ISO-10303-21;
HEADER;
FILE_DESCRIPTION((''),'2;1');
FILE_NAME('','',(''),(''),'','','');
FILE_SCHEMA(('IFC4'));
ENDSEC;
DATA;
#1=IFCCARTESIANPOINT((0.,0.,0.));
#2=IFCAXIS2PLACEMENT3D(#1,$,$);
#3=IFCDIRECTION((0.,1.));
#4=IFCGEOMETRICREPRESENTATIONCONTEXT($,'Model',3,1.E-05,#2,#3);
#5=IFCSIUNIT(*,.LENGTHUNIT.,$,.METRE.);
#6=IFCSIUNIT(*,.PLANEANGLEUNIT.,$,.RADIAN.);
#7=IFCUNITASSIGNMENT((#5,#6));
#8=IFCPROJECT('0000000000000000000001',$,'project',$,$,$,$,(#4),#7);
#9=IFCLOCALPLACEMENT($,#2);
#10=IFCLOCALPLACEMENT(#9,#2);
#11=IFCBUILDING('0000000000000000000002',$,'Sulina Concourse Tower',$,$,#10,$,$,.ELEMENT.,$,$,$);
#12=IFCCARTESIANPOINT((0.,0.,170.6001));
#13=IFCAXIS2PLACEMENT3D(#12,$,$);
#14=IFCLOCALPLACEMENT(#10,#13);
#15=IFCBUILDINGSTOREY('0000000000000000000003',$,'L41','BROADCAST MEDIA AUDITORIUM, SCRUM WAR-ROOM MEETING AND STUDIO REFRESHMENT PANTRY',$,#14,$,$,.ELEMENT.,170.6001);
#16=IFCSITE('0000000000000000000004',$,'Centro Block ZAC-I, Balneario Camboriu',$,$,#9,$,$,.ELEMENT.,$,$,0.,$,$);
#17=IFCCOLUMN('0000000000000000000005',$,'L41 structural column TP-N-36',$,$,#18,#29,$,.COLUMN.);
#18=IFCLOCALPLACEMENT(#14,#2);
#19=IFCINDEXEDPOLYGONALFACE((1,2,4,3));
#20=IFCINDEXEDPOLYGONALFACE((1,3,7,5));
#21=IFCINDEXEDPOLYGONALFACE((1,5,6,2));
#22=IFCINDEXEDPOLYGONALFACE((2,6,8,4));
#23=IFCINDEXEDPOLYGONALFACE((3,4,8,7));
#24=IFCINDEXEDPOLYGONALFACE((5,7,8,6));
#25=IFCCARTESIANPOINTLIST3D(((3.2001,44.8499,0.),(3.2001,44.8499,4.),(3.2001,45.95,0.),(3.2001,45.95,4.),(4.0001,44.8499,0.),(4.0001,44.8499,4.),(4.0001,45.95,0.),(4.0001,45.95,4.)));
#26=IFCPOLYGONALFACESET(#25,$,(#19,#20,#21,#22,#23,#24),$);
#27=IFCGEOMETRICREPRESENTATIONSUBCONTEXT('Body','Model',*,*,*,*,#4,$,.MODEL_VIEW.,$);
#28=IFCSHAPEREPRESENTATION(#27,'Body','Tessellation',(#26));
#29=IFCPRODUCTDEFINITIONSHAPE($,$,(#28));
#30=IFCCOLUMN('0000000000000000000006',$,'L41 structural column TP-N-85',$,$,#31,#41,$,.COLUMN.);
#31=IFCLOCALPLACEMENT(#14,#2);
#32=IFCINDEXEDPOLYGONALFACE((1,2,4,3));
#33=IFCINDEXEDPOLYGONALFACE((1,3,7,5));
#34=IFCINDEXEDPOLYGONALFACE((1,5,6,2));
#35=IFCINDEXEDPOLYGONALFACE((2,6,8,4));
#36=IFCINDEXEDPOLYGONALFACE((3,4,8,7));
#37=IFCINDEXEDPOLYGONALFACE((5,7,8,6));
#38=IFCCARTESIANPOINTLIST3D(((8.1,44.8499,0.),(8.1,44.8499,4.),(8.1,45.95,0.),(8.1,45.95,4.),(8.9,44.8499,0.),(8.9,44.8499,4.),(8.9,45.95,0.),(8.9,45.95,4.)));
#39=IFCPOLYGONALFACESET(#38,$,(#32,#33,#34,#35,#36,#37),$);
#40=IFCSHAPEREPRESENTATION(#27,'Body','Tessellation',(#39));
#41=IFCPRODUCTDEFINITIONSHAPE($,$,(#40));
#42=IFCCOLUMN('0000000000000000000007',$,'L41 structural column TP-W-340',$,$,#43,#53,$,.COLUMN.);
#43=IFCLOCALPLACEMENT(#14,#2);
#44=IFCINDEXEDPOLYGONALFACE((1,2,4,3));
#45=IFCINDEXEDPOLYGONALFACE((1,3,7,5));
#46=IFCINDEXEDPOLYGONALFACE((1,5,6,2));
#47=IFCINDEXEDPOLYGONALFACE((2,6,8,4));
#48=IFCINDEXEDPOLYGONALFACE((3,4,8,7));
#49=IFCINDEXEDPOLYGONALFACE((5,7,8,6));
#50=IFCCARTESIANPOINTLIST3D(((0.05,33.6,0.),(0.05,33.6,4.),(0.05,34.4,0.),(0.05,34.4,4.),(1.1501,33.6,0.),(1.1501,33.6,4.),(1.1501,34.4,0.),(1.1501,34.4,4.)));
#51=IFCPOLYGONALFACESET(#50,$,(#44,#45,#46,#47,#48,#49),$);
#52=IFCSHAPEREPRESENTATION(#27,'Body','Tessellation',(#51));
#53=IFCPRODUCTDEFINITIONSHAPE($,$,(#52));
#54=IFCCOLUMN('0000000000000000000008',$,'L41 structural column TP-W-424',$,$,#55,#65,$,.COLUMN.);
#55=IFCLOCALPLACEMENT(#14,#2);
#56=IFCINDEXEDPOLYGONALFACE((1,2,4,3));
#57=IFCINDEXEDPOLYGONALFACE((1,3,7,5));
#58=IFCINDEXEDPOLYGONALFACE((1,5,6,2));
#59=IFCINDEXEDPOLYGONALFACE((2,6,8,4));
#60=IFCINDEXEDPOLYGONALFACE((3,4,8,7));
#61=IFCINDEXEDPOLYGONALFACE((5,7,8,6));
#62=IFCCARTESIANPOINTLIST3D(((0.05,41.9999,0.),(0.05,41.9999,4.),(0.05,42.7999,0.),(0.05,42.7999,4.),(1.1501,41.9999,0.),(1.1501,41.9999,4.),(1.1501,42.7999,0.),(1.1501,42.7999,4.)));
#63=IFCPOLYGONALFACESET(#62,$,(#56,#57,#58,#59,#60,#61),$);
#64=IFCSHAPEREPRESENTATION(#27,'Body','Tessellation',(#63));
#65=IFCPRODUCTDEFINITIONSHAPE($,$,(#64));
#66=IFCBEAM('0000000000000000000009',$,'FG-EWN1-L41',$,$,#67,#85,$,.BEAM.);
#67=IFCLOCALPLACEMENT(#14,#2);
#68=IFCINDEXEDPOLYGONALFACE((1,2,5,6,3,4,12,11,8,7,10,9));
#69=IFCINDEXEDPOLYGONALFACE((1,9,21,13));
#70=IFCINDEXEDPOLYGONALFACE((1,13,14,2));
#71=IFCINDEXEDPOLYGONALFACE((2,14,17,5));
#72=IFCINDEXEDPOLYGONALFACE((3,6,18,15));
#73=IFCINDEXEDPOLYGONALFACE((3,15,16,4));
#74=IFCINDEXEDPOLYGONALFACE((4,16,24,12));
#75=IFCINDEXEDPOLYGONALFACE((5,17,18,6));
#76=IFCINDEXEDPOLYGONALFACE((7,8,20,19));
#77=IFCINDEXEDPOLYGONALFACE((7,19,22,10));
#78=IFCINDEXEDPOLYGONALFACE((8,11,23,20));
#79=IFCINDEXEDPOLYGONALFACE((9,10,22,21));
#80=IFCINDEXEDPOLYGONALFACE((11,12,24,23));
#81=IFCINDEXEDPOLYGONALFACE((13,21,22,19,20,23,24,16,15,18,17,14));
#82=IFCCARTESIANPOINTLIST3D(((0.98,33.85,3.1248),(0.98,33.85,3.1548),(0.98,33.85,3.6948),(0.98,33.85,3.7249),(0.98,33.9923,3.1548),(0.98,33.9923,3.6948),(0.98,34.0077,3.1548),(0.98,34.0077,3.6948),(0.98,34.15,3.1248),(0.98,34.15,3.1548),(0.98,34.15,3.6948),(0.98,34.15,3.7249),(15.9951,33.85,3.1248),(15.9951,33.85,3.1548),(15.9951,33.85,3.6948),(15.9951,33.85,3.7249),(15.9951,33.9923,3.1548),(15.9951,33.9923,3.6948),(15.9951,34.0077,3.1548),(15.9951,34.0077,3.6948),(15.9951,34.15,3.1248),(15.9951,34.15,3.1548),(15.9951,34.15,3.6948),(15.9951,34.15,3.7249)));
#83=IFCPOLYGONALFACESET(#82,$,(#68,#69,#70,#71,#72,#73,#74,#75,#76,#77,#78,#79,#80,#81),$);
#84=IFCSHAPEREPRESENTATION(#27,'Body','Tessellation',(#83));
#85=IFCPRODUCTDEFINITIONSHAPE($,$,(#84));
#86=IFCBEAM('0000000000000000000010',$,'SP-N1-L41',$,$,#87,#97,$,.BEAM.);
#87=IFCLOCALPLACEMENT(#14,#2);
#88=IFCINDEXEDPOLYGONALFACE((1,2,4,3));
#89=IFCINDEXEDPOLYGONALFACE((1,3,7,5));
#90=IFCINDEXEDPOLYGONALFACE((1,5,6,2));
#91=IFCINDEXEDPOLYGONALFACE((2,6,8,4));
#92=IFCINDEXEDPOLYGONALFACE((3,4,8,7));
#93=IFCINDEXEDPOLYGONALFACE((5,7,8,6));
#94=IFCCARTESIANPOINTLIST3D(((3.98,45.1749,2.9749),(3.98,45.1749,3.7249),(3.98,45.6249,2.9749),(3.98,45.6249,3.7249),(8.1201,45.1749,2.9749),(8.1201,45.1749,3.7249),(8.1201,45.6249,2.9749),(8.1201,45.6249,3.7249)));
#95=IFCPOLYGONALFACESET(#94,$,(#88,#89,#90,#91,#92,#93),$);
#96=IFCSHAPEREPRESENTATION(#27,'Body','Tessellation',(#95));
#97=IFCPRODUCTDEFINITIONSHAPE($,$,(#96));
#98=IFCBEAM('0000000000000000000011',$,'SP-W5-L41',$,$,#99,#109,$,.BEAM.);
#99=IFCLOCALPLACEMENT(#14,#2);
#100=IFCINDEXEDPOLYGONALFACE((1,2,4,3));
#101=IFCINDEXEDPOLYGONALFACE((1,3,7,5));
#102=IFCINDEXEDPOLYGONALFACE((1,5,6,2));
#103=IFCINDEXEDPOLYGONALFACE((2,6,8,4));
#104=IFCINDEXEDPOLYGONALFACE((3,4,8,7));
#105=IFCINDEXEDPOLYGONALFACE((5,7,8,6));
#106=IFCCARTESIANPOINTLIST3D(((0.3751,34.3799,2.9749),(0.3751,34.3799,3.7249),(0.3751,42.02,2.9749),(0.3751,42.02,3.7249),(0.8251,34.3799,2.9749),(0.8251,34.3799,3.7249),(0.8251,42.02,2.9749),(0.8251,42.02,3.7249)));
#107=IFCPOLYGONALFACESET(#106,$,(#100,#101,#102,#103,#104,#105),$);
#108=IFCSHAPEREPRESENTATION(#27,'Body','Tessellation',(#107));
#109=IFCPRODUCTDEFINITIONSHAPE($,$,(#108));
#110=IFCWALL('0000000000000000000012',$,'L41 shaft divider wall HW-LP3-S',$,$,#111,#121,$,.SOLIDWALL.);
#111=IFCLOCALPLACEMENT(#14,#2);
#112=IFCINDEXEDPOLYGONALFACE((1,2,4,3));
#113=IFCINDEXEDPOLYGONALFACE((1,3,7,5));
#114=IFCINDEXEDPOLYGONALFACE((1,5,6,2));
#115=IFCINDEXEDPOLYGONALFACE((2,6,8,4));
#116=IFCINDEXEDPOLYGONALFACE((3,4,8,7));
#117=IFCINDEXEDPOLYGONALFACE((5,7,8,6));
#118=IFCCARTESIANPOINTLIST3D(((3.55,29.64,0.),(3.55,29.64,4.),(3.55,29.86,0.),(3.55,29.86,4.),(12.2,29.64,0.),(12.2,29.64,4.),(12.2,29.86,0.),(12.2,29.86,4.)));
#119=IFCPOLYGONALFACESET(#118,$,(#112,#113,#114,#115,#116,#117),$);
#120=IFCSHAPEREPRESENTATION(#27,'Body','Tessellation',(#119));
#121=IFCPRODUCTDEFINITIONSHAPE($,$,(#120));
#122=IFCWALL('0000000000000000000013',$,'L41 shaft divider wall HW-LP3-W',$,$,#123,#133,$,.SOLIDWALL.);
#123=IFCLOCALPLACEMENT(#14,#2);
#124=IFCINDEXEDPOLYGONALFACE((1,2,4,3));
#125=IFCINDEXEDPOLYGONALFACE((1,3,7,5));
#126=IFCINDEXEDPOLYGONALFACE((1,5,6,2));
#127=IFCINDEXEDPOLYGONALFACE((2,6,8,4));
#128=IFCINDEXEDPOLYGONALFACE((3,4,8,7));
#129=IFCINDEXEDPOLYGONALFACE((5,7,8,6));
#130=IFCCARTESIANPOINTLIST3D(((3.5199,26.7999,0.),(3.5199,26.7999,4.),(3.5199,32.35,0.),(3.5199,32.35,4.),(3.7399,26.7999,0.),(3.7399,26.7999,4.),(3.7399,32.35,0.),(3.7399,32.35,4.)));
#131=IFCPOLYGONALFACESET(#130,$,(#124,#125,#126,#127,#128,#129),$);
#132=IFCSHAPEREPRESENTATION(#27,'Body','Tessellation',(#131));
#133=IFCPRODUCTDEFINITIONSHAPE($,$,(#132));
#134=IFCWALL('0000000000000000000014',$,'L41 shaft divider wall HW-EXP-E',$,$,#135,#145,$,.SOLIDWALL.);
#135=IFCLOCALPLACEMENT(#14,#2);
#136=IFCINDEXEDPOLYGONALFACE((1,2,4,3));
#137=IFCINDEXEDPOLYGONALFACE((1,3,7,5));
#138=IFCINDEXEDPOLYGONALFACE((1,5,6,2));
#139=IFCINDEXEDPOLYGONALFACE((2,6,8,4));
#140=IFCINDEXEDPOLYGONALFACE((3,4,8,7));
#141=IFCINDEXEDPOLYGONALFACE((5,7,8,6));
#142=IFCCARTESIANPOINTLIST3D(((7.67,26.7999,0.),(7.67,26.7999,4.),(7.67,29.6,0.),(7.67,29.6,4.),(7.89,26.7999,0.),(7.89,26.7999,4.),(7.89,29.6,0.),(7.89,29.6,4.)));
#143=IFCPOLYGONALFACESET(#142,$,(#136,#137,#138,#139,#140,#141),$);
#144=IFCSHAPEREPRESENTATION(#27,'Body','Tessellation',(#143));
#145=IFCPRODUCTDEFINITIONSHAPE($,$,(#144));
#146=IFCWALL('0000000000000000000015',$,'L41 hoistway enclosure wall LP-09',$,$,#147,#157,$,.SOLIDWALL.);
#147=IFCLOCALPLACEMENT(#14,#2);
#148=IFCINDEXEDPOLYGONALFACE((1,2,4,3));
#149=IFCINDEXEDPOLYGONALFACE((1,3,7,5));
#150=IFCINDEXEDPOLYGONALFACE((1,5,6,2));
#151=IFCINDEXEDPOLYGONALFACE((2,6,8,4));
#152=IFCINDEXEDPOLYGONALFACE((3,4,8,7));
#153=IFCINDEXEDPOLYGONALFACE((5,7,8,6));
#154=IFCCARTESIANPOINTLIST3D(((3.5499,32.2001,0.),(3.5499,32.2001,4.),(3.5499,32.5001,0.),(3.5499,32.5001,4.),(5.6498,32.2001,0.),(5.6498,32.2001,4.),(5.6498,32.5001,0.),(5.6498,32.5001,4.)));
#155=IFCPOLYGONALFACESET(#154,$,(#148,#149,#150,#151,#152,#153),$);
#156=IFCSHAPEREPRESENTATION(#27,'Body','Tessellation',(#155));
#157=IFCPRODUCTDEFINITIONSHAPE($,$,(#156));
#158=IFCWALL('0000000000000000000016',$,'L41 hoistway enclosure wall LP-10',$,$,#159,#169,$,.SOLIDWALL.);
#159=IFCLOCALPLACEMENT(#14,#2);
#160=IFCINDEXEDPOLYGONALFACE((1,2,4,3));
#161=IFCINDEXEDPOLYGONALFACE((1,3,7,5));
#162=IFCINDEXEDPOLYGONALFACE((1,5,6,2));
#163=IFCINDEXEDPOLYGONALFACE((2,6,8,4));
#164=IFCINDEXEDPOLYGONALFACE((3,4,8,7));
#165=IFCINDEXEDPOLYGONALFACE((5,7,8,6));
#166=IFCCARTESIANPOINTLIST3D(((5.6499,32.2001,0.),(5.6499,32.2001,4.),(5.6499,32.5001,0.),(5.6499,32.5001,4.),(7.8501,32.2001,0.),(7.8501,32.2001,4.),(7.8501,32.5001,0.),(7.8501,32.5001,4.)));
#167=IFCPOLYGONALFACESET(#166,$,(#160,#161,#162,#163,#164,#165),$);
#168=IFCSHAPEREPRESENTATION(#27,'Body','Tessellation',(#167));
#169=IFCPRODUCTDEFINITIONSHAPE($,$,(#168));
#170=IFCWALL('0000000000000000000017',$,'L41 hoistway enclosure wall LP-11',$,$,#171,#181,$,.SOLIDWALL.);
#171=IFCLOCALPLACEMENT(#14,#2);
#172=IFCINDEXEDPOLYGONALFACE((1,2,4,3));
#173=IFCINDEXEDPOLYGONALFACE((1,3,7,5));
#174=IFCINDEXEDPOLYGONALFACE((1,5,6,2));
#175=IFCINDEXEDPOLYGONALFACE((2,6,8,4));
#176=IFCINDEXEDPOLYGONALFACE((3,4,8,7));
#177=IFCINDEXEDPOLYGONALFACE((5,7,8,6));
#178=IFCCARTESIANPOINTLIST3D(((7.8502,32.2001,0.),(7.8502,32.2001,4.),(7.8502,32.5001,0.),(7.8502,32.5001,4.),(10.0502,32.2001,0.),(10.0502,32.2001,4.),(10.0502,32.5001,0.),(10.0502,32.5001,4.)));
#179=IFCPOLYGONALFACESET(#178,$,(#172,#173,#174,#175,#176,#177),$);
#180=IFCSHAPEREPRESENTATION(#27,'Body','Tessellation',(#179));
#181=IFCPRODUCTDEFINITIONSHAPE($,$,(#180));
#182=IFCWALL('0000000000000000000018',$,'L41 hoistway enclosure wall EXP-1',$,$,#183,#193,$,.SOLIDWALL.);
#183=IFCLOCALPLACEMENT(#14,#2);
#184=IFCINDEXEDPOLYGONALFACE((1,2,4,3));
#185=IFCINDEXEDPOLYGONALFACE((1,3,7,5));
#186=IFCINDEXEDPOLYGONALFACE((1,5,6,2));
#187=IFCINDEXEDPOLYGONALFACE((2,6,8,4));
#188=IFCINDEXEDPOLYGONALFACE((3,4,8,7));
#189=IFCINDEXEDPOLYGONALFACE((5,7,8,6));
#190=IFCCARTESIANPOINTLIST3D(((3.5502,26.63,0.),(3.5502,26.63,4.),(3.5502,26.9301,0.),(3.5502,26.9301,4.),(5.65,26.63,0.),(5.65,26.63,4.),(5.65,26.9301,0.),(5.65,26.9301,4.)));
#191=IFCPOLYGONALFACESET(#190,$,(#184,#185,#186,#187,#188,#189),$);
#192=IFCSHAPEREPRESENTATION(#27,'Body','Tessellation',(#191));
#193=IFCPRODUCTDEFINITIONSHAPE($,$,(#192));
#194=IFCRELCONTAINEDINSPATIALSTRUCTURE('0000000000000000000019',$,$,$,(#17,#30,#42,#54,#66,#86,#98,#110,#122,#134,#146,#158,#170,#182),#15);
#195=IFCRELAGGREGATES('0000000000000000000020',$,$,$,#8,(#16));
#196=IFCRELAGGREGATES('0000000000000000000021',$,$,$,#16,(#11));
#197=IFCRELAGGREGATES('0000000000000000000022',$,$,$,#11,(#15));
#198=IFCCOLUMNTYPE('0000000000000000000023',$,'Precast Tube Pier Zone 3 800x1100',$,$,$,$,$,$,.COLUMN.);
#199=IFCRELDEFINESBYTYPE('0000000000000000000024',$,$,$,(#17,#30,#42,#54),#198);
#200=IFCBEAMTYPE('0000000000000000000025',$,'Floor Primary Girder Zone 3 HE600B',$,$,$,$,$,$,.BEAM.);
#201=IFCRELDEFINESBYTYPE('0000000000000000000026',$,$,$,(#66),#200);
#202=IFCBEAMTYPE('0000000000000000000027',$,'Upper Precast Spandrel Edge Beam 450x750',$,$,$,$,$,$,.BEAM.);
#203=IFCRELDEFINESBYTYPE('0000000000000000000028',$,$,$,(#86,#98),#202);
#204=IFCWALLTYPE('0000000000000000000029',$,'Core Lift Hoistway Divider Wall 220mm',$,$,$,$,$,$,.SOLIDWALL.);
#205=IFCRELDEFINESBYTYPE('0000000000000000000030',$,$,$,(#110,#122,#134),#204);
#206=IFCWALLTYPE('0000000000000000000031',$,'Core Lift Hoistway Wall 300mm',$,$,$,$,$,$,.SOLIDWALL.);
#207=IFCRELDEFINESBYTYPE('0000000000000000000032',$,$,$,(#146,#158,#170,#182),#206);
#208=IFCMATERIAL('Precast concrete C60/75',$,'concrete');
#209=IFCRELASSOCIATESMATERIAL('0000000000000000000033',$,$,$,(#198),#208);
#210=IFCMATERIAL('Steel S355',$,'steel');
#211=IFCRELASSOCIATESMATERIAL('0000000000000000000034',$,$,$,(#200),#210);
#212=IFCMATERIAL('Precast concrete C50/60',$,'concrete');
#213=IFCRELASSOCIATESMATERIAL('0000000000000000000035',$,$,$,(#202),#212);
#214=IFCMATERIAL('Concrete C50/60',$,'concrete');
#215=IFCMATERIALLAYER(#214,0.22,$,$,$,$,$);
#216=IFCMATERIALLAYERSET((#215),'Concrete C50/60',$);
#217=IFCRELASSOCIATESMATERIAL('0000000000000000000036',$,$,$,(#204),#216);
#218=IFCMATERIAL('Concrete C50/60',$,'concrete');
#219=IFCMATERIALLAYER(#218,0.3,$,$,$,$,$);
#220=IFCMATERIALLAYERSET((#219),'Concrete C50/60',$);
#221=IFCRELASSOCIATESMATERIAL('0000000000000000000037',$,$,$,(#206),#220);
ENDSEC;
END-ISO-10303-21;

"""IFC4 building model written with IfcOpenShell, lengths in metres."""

from ifc_helpers import new_model, si_unit, direction, frame, frame_2d, origin, origin_2d, place, context, subcontext, project, spatial, rectangle, i_section, extrude, material, layer, layer_set, material_profile, profile_set, type_object, element, save


model = new_model("IFC4")

# Units and contexts
model_context = context("Model", 3, precision=1e-05, world=origin(), true_north=direction((0.0, 1.0)))
body_context = subcontext(model_context, "Body", "Model", "MODEL_VIEW")
ifc_project = project(units=[si_unit("LENGTHUNIT", "METRE"), si_unit("PLANEANGLEUNIT", "RADIAN")], contexts=[model_context])

# Site, building, storey
site_placement = place(None, origin())
site = spatial("IfcSite", under=ifc_project, at=site_placement, Name="Centro Block ZAC-I, Balneario Camboriu", CompositionType="ELEMENT", RefElevation=0.0)
building_placement = place(site_placement, origin())
building = spatial("IfcBuilding", under=site, at=building_placement, Name="Sulina Concourse Tower", CompositionType="ELEMENT")
storey_placement = place(building_placement, frame((0.0, 0.0, 170.6001)))
storey = spatial("IfcBuildingStorey", under=building, at=storey_placement, Name="L41", Description="BROADCAST MEDIA AUDITORIUM, SCRUM WAR-ROOM MEETING AND STUDIO REFRESHMENT PANTRY", CompositionType="ELEMENT", Elevation=170.6001)

# Columns
ifc_material_1 = material(Name="Precast concrete C60/75", Category="concrete")
ifc_material_profile_1 = material_profile(ifc_material_1, rectangle(XDim=0.8, YDim=1.1001, at=origin_2d()), Name="PC 800x1100")
ifc_profile_set_1 = profile_set([ifc_material_profile_1], Name="Precast concrete C60/75")
column_type = type_object("IfcColumnType", Name="Precast Tube Pier Zone 3 800x1100", PredefinedType="COLUMN", material=ifc_profile_set_1)
for number, where, z_axis, x_axis, name in (
    (1, (3.6001, 45.3999, 0.0), (0.0, 0.0, 1.0), (1.0, 0.0, 0.0), "L41 structural column TP-N-36"),
    (2, (8.5, 45.3999, 0.0), (0.0, 0.0, 1.0), (1.0, 0.0, 0.0), "L41 structural column TP-N-85"),
    (3, (0.6001, 34.0, 0.0), (0.0, 0.0, 1.0), (0.0, 1.0, 0.0), "L41 structural column TP-W-340"),
    (4, (0.6001, 42.3999, 0.0), (0.0, 0.0, 1.0), (0.0, 1.0, 0.0), "L41 structural column TP-W-424"),
):
    element("IfcColumn", number, at=place(storey_placement, frame(where, z_axis=z_axis, x_axis=x_axis)), inside=storey, type_object=column_type, Name=name, PredefinedType="COLUMN", context=body_context, shape_type="SweptSolid", body=[
        extrude(rectangle(XDim=0.8, YDim=1.1001, at=origin_2d()), origin(), (0.0, 0.0, 1.0), 4.0),
    ])

# Beams
ifc_material_2 = material(Name="Steel S355", Category="steel")
ifc_material_profile_2 = material_profile(ifc_material_2, i_section(OverallWidth=0.3, OverallDepth=0.6001, WebThickness=0.0154, FlangeThickness=0.03, at=origin_2d()), Name="HE 600 B")
ifc_profile_set_2 = profile_set([ifc_material_profile_2], Name="Steel S355")
beam_type_1 = type_object("IfcBeamType", Name="Floor Primary Girder Zone 3 HE600B", PredefinedType="BEAM", material=ifc_profile_set_2)
beam_1_placement = place(storey_placement, frame((0.98, 34.0, 3.4248), z_axis=(1.0, 0.0, 0.0), x_axis=(0.0, 1.0, 0.0)))
element("IfcBeam", 5, at=beam_1_placement, inside=storey, type_object=beam_type_1, Name="FG-EWN1-L41", PredefinedType="BEAM", context=body_context, shape_type="SweptSolid", body=[
    extrude(i_section(OverallWidth=0.3, OverallDepth=0.6001, WebThickness=0.0154, FlangeThickness=0.03, at=origin_2d()), origin(), (0.0, 0.0, 1.0), 15.0151),
])
ifc_material_3 = material(Name="Precast concrete C50/60", Category="concrete")
ifc_material_profile_3 = material_profile(ifc_material_3, rectangle(XDim=0.45, YDim=0.75, at=origin_2d()), Name="RC 450x750")
ifc_profile_set_3 = profile_set([ifc_material_profile_3], Name="Precast concrete C50/60")
beam_type_2 = type_object("IfcBeamType", Name="Upper Precast Spandrel Edge Beam 450x750", PredefinedType="BEAM", material=ifc_profile_set_3)
beam_2_placement = place(storey_placement, frame((3.98, 45.3999, 3.3499), z_axis=(1.0, 0.0, 0.0), x_axis=(0.0, 1.0, 0.0)))
element("IfcBeam", 6, at=beam_2_placement, inside=storey, type_object=beam_type_2, Name="SP-N1-L41", PredefinedType="BEAM", context=body_context, shape_type="SweptSolid", body=[
    extrude(rectangle(XDim=0.45, YDim=0.75, at=origin_2d()), origin(), (0.0, 0.0, 1.0), 4.1401),
])
beam_3_placement = place(storey_placement, frame((0.6001, 34.3799, 3.3499), z_axis=(0.0, 1.0, 0.0), x_axis=(-1.0, 0.0, 0.0)))
element("IfcBeam", 7, at=beam_3_placement, inside=storey, type_object=beam_type_2, Name="SP-W5-L41", PredefinedType="BEAM", context=body_context, shape_type="SweptSolid", body=[
    extrude(rectangle(XDim=0.45, YDim=0.75, at=origin_2d()), origin(), (0.0, 0.0, 1.0), 7.6401),
])

# Walls
ifc_material_4 = material(Name="Concrete C50/60", Category="concrete")
ifc_layer_1 = layer(ifc_material_4, 0.22)
ifc_layer_set_1 = layer_set([ifc_layer_1], Name="Concrete C50/60")
wall_type_1 = type_object("IfcWallType", Name="Core Lift Hoistway Divider Wall 220mm", PredefinedType="SOLIDWALL", material=ifc_layer_set_1)
wall_1_placement = place(storey_placement, frame((3.55, 29.75, 0.0), z_axis=(0.0, 0.0, 1.0), x_axis=(1.0, 0.0, 0.0)))
element("IfcWall", 8, at=wall_1_placement, inside=storey, type_object=wall_type_1, Name="L41 shaft divider wall HW-LP3-S", PredefinedType="SOLIDWALL", context=body_context, shape_type="SweptSolid", body=[
    extrude(rectangle(XDim=8.6499, YDim=0.22, at=frame_2d((4.325, 0.0))), origin(), (0.0, 0.0, 1.0), 4.0),
])
wall_2_placement = place(storey_placement, frame((3.6299, 26.8, 0.0), z_axis=(0.0, 0.0, 1.0), x_axis=(0.0, 1.0, 0.0)))
element("IfcWall", 9, at=wall_2_placement, inside=storey, type_object=wall_type_1, Name="L41 shaft divider wall HW-LP3-W", PredefinedType="SOLIDWALL", context=body_context, shape_type="SweptSolid", body=[
    extrude(rectangle(XDim=5.55, YDim=0.22, at=frame_2d((2.7749, 0.0))), origin(), (0.0, 0.0, 1.0), 4.0),
])
wall_3_placement = place(storey_placement, frame((7.78, 26.8, 0.0), z_axis=(0.0, 0.0, 1.0), x_axis=(0.0, 1.0, 0.0)))
element("IfcWall", 10, at=wall_3_placement, inside=storey, type_object=wall_type_1, Name="L41 shaft divider wall HW-EXP-E", PredefinedType="SOLIDWALL", context=body_context, shape_type="SweptSolid", body=[
    extrude(rectangle(XDim=2.8, YDim=0.22, at=frame_2d((1.3999, 0.0))), origin(), (0.0, 0.0, 1.0), 4.0),
])
ifc_material_5 = material(Name="Concrete C50/60", Category="concrete")
ifc_layer_2 = layer(ifc_material_5, 0.3)
ifc_layer_set_2 = layer_set([ifc_layer_2], Name="Concrete C50/60")
wall_type_2 = type_object("IfcWallType", Name="Core Lift Hoistway Wall 300mm", PredefinedType="SOLIDWALL", material=ifc_layer_set_2)
wall_4_placement = place(storey_placement, frame((3.55, 32.3501, 0.0), z_axis=(0.0, 0.0, 1.0), x_axis=(1.0, 0.0, 0.0)))
element("IfcWall", 11, at=wall_4_placement, inside=storey, type_object=wall_type_2, Name="L41 hoistway enclosure wall LP-09", PredefinedType="SOLIDWALL", context=body_context, shape_type="SweptSolid", body=[
    extrude(rectangle(XDim=2.0999, YDim=0.3, at=frame_2d((1.0498, 0.0))), origin(), (0.0, 0.0, 1.0), 4.0),
])
wall_5_placement = place(storey_placement, frame((5.6499, 32.3501, 0.0), z_axis=(0.0, 0.0, 1.0), x_axis=(1.0, 0.0, 0.0)))
element("IfcWall", 12, at=wall_5_placement, inside=storey, type_object=wall_type_2, Name="L41 hoistway enclosure wall LP-10", PredefinedType="SOLIDWALL", context=body_context, shape_type="SweptSolid", body=[
    extrude(rectangle(XDim=2.2002, YDim=0.3, at=frame_2d((1.1001, 0.0))), origin(), (0.0, 0.0, 1.0), 4.0),
])
wall_6_placement = place(storey_placement, frame((7.8501, 32.3501, 0.0), z_axis=(0.0, 0.0, 1.0), x_axis=(1.0, 0.0, 0.0)))
element("IfcWall", 13, at=wall_6_placement, inside=storey, type_object=wall_type_2, Name="L41 hoistway enclosure wall LP-11", PredefinedType="SOLIDWALL", context=body_context, shape_type="SweptSolid", body=[
    extrude(rectangle(XDim=2.2, YDim=0.3, at=frame_2d((1.1001, 0.0))), origin(), (0.0, 0.0, 1.0), 4.0),
])
wall_7_placement = place(storey_placement, frame((5.6499, 26.78, 0.0), z_axis=(0.0, 0.0, 1.0), x_axis=(-1.0, 0.0, 0.0)))
element("IfcWall", 14, at=wall_7_placement, inside=storey, type_object=wall_type_2, Name="L41 hoistway enclosure wall EXP-1", PredefinedType="SOLIDWALL", context=body_context, shape_type="SweptSolid", body=[
    extrude(rectangle(XDim=2.0999, YDim=0.3, at=frame_2d((1.0498, 0.0))), origin(), (0.0, 0.0, 1.0), 4.0),
])

save(model, "model.ifc")
